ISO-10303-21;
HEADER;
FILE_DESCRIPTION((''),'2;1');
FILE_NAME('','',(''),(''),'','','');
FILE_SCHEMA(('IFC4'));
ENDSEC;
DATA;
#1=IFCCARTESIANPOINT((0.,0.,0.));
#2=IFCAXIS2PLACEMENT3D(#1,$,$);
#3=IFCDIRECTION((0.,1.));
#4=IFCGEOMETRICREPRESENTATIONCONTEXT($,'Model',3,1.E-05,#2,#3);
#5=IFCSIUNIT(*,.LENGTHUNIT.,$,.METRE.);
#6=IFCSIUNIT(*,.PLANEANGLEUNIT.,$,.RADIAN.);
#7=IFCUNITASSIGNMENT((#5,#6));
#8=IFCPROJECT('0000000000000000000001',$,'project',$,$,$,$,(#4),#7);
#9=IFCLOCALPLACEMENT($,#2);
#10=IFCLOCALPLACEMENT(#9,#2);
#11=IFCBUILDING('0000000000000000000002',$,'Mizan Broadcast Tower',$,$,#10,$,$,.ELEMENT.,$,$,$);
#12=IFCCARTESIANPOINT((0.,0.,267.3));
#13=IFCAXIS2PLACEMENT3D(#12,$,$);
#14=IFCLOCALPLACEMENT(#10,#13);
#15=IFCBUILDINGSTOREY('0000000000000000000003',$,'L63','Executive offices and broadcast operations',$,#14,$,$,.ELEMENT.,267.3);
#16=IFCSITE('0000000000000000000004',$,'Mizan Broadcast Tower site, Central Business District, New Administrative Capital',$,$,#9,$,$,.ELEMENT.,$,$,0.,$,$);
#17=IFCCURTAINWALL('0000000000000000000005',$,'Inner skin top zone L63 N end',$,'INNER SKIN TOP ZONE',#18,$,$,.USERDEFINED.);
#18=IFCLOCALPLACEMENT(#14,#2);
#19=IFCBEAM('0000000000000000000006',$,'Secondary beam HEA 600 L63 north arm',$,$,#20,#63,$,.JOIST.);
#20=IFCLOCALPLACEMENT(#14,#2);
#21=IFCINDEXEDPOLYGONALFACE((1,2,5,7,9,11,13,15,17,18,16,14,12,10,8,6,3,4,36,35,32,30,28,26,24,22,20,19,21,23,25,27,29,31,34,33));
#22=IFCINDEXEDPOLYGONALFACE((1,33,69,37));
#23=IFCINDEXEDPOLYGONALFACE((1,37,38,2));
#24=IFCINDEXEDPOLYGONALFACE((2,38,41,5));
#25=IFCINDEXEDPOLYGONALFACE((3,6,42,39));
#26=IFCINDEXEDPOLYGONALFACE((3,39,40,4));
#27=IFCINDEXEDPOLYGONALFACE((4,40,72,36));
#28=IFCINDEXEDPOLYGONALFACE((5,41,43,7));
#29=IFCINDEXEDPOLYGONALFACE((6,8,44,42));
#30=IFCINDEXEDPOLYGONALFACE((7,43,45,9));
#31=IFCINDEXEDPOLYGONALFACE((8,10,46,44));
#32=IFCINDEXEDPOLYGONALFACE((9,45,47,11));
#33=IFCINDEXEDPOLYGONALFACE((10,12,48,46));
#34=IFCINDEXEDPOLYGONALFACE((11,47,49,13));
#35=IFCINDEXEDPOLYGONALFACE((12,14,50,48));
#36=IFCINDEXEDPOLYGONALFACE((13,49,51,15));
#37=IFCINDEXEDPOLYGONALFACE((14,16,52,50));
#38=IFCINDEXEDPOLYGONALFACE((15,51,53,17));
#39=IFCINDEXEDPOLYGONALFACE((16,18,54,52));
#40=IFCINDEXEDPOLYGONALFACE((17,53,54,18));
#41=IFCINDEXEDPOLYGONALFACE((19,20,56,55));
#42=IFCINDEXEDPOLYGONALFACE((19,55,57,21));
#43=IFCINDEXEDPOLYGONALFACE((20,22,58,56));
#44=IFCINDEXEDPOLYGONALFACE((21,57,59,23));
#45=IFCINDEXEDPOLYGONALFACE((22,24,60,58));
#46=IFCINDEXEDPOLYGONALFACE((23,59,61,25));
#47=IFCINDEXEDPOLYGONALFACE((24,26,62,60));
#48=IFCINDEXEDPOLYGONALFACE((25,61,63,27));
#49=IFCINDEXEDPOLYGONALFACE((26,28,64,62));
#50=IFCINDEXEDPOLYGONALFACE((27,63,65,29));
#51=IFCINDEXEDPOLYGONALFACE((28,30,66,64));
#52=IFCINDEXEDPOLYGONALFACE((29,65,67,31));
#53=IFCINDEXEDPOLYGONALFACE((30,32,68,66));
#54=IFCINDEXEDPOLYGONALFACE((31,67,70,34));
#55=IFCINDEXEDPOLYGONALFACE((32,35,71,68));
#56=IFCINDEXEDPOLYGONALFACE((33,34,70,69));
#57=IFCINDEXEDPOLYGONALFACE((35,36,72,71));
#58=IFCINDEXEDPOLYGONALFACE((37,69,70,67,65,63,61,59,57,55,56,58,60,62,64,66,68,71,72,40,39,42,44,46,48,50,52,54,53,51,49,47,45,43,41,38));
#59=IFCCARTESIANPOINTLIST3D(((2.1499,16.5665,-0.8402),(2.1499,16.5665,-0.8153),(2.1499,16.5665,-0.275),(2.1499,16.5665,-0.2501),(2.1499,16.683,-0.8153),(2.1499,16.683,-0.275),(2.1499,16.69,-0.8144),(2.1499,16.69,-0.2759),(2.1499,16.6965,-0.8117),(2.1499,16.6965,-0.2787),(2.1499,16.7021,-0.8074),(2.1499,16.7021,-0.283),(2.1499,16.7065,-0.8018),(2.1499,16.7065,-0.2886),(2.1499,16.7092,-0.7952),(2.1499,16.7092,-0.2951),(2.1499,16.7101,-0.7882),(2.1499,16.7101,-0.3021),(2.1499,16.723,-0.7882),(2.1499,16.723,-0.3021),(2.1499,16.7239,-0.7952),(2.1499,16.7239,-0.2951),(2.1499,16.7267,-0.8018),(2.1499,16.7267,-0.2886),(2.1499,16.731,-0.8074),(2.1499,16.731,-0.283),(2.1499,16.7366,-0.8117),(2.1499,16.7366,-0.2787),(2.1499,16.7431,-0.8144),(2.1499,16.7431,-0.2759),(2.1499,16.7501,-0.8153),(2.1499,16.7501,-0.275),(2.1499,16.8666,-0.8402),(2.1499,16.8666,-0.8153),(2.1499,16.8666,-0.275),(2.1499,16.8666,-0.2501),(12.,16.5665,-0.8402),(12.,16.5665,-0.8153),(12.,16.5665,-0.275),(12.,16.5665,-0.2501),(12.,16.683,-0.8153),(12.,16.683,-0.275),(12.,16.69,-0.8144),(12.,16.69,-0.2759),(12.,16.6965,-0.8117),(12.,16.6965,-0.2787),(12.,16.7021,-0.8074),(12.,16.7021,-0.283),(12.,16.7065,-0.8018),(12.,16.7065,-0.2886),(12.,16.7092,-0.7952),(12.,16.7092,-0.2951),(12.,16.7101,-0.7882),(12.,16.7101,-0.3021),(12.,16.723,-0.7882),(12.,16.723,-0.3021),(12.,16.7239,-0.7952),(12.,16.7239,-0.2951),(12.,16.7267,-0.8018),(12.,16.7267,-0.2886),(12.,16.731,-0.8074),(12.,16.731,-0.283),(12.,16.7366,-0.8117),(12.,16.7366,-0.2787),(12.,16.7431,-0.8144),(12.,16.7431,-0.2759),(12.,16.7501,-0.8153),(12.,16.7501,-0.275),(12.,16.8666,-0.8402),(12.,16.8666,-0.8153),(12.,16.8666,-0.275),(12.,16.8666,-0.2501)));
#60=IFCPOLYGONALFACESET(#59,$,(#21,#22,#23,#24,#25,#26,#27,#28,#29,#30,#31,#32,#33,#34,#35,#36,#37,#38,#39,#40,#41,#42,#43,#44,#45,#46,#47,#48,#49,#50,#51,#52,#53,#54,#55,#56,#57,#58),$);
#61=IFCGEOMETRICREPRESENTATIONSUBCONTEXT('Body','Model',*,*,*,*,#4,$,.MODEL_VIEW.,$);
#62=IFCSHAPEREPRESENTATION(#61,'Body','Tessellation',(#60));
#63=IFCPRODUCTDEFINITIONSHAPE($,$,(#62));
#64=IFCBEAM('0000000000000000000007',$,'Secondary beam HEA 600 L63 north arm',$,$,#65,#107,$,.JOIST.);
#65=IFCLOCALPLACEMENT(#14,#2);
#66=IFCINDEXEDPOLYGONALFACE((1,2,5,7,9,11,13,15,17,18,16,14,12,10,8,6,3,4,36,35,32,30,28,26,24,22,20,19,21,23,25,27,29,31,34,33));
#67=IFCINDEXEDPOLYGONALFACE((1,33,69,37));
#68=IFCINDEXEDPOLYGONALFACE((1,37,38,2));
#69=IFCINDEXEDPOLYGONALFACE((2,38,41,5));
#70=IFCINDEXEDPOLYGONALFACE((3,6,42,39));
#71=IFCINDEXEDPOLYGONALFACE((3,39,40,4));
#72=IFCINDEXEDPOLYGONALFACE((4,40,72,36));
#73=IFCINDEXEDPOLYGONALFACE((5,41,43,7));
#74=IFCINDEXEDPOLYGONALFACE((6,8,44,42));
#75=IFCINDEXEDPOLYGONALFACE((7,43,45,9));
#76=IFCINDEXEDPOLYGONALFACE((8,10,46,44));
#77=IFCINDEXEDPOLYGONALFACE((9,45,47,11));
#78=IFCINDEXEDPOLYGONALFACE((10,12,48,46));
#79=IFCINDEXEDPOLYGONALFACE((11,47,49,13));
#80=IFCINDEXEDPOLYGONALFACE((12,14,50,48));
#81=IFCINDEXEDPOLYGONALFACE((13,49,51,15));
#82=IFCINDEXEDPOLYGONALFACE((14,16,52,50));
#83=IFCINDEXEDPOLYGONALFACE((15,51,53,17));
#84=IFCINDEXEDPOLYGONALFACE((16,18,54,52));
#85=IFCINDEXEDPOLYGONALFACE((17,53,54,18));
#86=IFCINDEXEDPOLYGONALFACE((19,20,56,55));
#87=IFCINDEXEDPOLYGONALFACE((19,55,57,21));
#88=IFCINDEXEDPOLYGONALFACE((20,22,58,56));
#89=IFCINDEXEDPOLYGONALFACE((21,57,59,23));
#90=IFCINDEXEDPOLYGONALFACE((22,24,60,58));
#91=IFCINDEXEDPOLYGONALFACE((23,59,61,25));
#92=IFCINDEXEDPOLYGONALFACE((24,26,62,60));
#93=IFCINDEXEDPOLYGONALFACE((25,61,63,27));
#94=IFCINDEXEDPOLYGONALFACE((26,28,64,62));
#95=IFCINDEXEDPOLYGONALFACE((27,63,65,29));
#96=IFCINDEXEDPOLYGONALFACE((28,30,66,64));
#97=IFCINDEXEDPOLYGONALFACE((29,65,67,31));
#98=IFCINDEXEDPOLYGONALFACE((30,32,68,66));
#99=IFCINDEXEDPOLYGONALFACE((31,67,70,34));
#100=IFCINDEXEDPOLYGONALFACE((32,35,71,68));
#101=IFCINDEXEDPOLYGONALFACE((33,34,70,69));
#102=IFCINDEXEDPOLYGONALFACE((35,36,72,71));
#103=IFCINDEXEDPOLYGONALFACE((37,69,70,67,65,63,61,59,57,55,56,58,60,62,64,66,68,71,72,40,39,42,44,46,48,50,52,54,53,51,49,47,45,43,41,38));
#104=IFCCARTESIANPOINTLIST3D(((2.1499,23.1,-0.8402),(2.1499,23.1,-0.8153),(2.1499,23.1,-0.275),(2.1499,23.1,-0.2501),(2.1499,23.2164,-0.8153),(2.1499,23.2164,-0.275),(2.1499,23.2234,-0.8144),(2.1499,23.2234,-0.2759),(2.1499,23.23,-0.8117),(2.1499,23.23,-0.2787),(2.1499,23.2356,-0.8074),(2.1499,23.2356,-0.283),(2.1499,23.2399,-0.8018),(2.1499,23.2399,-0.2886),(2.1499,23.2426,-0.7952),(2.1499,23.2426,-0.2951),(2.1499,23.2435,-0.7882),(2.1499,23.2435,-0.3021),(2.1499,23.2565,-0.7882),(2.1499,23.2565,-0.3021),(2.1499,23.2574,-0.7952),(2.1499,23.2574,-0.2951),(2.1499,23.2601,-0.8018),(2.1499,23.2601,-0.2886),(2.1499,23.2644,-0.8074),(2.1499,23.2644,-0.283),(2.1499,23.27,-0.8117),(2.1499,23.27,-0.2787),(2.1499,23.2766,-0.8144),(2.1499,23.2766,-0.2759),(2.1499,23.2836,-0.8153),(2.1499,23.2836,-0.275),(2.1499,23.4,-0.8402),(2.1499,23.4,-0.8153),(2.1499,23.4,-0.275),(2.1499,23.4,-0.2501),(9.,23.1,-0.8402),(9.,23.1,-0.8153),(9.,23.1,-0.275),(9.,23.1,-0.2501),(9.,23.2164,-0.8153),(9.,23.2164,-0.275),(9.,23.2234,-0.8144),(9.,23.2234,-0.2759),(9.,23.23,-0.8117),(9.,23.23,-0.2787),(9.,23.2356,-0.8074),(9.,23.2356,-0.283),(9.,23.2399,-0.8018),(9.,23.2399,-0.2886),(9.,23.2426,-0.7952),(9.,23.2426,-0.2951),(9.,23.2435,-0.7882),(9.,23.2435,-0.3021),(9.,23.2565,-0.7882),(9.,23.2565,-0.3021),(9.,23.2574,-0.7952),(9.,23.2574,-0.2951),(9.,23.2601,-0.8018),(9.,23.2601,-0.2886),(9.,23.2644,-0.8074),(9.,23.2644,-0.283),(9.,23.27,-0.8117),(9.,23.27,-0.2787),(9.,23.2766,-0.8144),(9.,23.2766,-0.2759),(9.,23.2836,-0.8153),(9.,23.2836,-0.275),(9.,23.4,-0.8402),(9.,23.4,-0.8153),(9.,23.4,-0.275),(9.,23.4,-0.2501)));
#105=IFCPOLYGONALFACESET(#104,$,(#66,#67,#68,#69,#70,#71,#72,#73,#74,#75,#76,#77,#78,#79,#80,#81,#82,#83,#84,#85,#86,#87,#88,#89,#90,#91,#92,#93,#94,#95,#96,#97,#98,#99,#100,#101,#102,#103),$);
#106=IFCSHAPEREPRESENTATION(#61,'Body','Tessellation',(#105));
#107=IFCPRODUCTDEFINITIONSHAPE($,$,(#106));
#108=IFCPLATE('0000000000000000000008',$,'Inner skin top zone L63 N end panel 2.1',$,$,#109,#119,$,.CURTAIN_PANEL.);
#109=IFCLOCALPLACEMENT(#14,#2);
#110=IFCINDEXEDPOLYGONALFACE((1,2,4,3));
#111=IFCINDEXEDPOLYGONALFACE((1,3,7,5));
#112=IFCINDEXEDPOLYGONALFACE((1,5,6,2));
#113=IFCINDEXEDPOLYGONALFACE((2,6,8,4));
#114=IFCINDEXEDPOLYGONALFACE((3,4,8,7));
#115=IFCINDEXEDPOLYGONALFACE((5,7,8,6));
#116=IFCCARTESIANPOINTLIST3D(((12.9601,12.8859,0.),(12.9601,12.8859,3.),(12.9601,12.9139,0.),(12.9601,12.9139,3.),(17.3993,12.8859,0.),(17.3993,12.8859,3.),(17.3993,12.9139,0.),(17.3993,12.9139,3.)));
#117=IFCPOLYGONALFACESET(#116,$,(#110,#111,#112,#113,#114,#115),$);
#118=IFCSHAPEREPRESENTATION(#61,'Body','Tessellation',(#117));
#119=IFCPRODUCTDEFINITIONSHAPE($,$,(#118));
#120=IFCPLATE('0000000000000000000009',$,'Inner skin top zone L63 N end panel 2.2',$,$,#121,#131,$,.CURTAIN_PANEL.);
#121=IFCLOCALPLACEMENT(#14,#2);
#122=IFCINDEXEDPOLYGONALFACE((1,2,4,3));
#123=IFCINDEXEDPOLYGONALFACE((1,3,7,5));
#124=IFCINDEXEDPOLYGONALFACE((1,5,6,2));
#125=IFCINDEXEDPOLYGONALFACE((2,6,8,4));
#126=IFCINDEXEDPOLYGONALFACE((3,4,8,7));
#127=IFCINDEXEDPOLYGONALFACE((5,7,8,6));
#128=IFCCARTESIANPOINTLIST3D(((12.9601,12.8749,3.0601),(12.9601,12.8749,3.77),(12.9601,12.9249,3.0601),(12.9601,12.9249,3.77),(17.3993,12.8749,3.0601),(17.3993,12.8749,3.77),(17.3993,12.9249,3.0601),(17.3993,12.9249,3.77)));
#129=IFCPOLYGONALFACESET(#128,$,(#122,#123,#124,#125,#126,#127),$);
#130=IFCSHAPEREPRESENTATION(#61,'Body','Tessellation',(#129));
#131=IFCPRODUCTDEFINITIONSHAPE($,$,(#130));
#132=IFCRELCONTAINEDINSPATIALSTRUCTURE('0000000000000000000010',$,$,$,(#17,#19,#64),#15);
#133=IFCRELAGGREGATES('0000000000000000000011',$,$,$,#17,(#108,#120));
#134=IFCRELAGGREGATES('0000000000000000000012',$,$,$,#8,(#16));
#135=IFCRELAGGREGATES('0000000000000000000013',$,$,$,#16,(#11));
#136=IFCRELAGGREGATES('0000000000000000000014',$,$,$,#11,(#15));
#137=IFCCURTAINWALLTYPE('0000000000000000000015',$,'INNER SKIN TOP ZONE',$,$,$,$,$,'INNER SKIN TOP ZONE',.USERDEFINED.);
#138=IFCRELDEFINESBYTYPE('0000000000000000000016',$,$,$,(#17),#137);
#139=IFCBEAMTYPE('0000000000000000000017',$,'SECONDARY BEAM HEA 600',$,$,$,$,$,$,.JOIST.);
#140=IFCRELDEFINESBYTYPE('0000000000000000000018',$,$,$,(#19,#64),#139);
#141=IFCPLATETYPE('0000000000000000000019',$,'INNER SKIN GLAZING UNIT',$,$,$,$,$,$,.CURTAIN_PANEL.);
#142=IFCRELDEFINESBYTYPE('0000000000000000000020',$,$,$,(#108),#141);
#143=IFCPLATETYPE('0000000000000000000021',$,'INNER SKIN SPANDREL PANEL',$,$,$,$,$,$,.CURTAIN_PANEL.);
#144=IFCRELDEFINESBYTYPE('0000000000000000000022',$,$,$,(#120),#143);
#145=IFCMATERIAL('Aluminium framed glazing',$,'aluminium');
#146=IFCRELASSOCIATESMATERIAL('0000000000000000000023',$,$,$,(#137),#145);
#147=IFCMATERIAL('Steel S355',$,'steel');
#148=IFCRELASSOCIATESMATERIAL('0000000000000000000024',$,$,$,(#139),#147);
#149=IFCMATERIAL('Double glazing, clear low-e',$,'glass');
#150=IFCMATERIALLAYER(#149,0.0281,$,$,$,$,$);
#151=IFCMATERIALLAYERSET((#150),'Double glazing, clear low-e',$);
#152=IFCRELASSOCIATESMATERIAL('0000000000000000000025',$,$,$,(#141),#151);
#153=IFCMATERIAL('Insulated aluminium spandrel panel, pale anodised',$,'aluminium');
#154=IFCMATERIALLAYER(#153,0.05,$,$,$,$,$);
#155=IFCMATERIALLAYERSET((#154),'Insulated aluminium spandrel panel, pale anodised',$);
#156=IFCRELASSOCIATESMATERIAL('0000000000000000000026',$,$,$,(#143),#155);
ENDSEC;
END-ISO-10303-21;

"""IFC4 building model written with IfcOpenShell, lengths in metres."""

from ifc_helpers import new_model, si_unit, direction, frame, origin, origin_2d, place, context, subcontext, project, spatial, rectangle, i_section, extrude, material, layer, layer_set, material_profile, profile_set, type_object, element, aggregate, save


model = new_model("IFC4")

# Units and contexts
model_context = context("Model", 3, precision=1e-05, world=origin(), true_north=direction((0.0, 1.0)))
body_context = subcontext(model_context, "Body", "Model", "MODEL_VIEW")
ifc_project = project(units=[si_unit("LENGTHUNIT", "METRE"), si_unit("PLANEANGLEUNIT", "RADIAN")], contexts=[model_context])

# Site, building, storey
site_placement = place(None, origin())
site = spatial("IfcSite", under=ifc_project, at=site_placement, Name="Mizan Broadcast Tower site, Central Business District, New Administrative Capital", CompositionType="ELEMENT", RefElevation=0.0)
building_placement = place(site_placement, origin())
building = spatial("IfcBuilding", under=site, at=building_placement, Name="Mizan Broadcast Tower", CompositionType="ELEMENT")
storey_placement = place(building_placement, frame((0.0, 0.0, 267.3)))
storey = spatial("IfcBuildingStorey", under=building, at=storey_placement, Name="L63", Description="Executive offices and broadcast operations", CompositionType="ELEMENT", Elevation=267.3)

# Curtain wall
ifc_material_1 = material(Name="Aluminium framed glazing", Category="aluminium")
curtain_wall_type_1 = type_object("IfcCurtainWallType", Name="INNER SKIN TOP ZONE", ElementType="INNER SKIN TOP ZONE", PredefinedType="USERDEFINED", material=ifc_material_1)
curtain_wall_1_placement = place(storey_placement, origin())
curtain_wall_1 = element("IfcCurtainWall", 1, at=curtain_wall_1_placement, inside=storey, type_object=curtain_wall_type_1, Name="Inner skin top zone L63 N end", ObjectType="INNER SKIN TOP ZONE", PredefinedType="USERDEFINED")

# Beams
ifc_material_2 = material(Name="Steel S355", Category="steel")
ifc_material_profile_1 = material_profile(ifc_material_2, i_section(OverallWidth=0.3, OverallDepth=0.5901, WebThickness=0.0129, FlangeThickness=0.0249, FilletRadius=0.0271, at=origin_2d()), Name="HEA 600")
ifc_profile_set_1 = profile_set([ifc_material_profile_1], Name="Steel S355")
beam_type_1 = type_object("IfcBeamType", Name="SECONDARY BEAM HEA 600", PredefinedType="JOIST", material=ifc_profile_set_1)
for number, where, z_axis, x_axis, name in (
    (2, (12.0, 16.7166, -0.5452), (-1.0, 0.0, 0.0), (0.0, -1.0, 0.0), "Secondary beam HEA 600 L63 north arm"),
):
    element("IfcBeam", number, at=place(storey_placement, frame(where, z_axis=z_axis, x_axis=x_axis)), inside=storey, type_object=beam_type_1, Name=name, PredefinedType="JOIST", context=body_context, shape_type="SweptSolid", body=[
        extrude(i_section(OverallWidth=0.3, OverallDepth=0.5901, WebThickness=0.0129, FlangeThickness=0.0249, FilletRadius=0.0271, at=origin_2d()), origin(), (0.0, 0.0, 1.0), 9.8501),
    ])
beam_1_placement = place(storey_placement, frame((9.0, 23.25, -0.5452), z_axis=(-1.0, 0.0, 0.0), x_axis=(0.0, -1.0, 0.0)))
element("IfcBeam", 3, at=beam_1_placement, inside=storey, type_object=beam_type_1, Name="Secondary beam HEA 600 L63 north arm", PredefinedType="JOIST", context=body_context, shape_type="SweptSolid", body=[
    extrude(i_section(OverallWidth=0.3, OverallDepth=0.5901, WebThickness=0.0129, FlangeThickness=0.0249, FilletRadius=0.0271, at=origin_2d()), origin(), (0.0, 0.0, 1.0), 6.8501),
])

# Plates
ifc_material_3 = material(Name="Double glazing, clear low-e", Category="glass")
ifc_layer_1 = layer(ifc_material_3, 0.0281)
ifc_layer_set_1 = layer_set([ifc_layer_1], Name="Double glazing, clear low-e")
plate_type_1 = type_object("IfcPlateType", Name="INNER SKIN GLAZING UNIT", PredefinedType="CURTAIN_PANEL", material=ifc_layer_set_1)
plate_1_placement = place(storey_placement, frame((15.1797, 12.8999, 0.0), z_axis=(0.0, 0.0, 1.0), x_axis=(-1.0, 0.0, 0.0)))
plate_1 = element("IfcPlate", 4, at=plate_1_placement, type_object=plate_type_1, Name="Inner skin top zone L63 N end panel 2.1", PredefinedType="CURTAIN_PANEL", context=body_context, shape_type="SweptSolid", body=[
    extrude(rectangle(XDim=4.4392, YDim=0.0281, at=origin_2d()), origin(), (0.0, 0.0, 1.0), 3.0),
])
ifc_material_4 = material(Name="Insulated aluminium spandrel panel, pale anodised", Category="aluminium")
ifc_layer_2 = layer(ifc_material_4, 0.05)
ifc_layer_set_2 = layer_set([ifc_layer_2], Name="Insulated aluminium spandrel panel, pale anodised")
plate_type_2 = type_object("IfcPlateType", Name="INNER SKIN SPANDREL PANEL", PredefinedType="CURTAIN_PANEL", material=ifc_layer_set_2)
plate_2_placement = place(storey_placement, frame((15.1797, 12.8999, 3.0601), z_axis=(0.0, 0.0, 1.0), x_axis=(-1.0, 0.0, 0.0)))
plate_2 = element("IfcPlate", 5, at=plate_2_placement, type_object=plate_type_2, Name="Inner skin top zone L63 N end panel 2.2", PredefinedType="CURTAIN_PANEL", context=body_context, shape_type="SweptSolid", body=[
    extrude(rectangle(XDim=4.4392, YDim=0.05, at=origin_2d()), origin(), (0.0, 0.0, 1.0), 0.71),
])
aggregate(curtain_wall_1, [plate_1, plate_2])

save(model, "model.ifc")
